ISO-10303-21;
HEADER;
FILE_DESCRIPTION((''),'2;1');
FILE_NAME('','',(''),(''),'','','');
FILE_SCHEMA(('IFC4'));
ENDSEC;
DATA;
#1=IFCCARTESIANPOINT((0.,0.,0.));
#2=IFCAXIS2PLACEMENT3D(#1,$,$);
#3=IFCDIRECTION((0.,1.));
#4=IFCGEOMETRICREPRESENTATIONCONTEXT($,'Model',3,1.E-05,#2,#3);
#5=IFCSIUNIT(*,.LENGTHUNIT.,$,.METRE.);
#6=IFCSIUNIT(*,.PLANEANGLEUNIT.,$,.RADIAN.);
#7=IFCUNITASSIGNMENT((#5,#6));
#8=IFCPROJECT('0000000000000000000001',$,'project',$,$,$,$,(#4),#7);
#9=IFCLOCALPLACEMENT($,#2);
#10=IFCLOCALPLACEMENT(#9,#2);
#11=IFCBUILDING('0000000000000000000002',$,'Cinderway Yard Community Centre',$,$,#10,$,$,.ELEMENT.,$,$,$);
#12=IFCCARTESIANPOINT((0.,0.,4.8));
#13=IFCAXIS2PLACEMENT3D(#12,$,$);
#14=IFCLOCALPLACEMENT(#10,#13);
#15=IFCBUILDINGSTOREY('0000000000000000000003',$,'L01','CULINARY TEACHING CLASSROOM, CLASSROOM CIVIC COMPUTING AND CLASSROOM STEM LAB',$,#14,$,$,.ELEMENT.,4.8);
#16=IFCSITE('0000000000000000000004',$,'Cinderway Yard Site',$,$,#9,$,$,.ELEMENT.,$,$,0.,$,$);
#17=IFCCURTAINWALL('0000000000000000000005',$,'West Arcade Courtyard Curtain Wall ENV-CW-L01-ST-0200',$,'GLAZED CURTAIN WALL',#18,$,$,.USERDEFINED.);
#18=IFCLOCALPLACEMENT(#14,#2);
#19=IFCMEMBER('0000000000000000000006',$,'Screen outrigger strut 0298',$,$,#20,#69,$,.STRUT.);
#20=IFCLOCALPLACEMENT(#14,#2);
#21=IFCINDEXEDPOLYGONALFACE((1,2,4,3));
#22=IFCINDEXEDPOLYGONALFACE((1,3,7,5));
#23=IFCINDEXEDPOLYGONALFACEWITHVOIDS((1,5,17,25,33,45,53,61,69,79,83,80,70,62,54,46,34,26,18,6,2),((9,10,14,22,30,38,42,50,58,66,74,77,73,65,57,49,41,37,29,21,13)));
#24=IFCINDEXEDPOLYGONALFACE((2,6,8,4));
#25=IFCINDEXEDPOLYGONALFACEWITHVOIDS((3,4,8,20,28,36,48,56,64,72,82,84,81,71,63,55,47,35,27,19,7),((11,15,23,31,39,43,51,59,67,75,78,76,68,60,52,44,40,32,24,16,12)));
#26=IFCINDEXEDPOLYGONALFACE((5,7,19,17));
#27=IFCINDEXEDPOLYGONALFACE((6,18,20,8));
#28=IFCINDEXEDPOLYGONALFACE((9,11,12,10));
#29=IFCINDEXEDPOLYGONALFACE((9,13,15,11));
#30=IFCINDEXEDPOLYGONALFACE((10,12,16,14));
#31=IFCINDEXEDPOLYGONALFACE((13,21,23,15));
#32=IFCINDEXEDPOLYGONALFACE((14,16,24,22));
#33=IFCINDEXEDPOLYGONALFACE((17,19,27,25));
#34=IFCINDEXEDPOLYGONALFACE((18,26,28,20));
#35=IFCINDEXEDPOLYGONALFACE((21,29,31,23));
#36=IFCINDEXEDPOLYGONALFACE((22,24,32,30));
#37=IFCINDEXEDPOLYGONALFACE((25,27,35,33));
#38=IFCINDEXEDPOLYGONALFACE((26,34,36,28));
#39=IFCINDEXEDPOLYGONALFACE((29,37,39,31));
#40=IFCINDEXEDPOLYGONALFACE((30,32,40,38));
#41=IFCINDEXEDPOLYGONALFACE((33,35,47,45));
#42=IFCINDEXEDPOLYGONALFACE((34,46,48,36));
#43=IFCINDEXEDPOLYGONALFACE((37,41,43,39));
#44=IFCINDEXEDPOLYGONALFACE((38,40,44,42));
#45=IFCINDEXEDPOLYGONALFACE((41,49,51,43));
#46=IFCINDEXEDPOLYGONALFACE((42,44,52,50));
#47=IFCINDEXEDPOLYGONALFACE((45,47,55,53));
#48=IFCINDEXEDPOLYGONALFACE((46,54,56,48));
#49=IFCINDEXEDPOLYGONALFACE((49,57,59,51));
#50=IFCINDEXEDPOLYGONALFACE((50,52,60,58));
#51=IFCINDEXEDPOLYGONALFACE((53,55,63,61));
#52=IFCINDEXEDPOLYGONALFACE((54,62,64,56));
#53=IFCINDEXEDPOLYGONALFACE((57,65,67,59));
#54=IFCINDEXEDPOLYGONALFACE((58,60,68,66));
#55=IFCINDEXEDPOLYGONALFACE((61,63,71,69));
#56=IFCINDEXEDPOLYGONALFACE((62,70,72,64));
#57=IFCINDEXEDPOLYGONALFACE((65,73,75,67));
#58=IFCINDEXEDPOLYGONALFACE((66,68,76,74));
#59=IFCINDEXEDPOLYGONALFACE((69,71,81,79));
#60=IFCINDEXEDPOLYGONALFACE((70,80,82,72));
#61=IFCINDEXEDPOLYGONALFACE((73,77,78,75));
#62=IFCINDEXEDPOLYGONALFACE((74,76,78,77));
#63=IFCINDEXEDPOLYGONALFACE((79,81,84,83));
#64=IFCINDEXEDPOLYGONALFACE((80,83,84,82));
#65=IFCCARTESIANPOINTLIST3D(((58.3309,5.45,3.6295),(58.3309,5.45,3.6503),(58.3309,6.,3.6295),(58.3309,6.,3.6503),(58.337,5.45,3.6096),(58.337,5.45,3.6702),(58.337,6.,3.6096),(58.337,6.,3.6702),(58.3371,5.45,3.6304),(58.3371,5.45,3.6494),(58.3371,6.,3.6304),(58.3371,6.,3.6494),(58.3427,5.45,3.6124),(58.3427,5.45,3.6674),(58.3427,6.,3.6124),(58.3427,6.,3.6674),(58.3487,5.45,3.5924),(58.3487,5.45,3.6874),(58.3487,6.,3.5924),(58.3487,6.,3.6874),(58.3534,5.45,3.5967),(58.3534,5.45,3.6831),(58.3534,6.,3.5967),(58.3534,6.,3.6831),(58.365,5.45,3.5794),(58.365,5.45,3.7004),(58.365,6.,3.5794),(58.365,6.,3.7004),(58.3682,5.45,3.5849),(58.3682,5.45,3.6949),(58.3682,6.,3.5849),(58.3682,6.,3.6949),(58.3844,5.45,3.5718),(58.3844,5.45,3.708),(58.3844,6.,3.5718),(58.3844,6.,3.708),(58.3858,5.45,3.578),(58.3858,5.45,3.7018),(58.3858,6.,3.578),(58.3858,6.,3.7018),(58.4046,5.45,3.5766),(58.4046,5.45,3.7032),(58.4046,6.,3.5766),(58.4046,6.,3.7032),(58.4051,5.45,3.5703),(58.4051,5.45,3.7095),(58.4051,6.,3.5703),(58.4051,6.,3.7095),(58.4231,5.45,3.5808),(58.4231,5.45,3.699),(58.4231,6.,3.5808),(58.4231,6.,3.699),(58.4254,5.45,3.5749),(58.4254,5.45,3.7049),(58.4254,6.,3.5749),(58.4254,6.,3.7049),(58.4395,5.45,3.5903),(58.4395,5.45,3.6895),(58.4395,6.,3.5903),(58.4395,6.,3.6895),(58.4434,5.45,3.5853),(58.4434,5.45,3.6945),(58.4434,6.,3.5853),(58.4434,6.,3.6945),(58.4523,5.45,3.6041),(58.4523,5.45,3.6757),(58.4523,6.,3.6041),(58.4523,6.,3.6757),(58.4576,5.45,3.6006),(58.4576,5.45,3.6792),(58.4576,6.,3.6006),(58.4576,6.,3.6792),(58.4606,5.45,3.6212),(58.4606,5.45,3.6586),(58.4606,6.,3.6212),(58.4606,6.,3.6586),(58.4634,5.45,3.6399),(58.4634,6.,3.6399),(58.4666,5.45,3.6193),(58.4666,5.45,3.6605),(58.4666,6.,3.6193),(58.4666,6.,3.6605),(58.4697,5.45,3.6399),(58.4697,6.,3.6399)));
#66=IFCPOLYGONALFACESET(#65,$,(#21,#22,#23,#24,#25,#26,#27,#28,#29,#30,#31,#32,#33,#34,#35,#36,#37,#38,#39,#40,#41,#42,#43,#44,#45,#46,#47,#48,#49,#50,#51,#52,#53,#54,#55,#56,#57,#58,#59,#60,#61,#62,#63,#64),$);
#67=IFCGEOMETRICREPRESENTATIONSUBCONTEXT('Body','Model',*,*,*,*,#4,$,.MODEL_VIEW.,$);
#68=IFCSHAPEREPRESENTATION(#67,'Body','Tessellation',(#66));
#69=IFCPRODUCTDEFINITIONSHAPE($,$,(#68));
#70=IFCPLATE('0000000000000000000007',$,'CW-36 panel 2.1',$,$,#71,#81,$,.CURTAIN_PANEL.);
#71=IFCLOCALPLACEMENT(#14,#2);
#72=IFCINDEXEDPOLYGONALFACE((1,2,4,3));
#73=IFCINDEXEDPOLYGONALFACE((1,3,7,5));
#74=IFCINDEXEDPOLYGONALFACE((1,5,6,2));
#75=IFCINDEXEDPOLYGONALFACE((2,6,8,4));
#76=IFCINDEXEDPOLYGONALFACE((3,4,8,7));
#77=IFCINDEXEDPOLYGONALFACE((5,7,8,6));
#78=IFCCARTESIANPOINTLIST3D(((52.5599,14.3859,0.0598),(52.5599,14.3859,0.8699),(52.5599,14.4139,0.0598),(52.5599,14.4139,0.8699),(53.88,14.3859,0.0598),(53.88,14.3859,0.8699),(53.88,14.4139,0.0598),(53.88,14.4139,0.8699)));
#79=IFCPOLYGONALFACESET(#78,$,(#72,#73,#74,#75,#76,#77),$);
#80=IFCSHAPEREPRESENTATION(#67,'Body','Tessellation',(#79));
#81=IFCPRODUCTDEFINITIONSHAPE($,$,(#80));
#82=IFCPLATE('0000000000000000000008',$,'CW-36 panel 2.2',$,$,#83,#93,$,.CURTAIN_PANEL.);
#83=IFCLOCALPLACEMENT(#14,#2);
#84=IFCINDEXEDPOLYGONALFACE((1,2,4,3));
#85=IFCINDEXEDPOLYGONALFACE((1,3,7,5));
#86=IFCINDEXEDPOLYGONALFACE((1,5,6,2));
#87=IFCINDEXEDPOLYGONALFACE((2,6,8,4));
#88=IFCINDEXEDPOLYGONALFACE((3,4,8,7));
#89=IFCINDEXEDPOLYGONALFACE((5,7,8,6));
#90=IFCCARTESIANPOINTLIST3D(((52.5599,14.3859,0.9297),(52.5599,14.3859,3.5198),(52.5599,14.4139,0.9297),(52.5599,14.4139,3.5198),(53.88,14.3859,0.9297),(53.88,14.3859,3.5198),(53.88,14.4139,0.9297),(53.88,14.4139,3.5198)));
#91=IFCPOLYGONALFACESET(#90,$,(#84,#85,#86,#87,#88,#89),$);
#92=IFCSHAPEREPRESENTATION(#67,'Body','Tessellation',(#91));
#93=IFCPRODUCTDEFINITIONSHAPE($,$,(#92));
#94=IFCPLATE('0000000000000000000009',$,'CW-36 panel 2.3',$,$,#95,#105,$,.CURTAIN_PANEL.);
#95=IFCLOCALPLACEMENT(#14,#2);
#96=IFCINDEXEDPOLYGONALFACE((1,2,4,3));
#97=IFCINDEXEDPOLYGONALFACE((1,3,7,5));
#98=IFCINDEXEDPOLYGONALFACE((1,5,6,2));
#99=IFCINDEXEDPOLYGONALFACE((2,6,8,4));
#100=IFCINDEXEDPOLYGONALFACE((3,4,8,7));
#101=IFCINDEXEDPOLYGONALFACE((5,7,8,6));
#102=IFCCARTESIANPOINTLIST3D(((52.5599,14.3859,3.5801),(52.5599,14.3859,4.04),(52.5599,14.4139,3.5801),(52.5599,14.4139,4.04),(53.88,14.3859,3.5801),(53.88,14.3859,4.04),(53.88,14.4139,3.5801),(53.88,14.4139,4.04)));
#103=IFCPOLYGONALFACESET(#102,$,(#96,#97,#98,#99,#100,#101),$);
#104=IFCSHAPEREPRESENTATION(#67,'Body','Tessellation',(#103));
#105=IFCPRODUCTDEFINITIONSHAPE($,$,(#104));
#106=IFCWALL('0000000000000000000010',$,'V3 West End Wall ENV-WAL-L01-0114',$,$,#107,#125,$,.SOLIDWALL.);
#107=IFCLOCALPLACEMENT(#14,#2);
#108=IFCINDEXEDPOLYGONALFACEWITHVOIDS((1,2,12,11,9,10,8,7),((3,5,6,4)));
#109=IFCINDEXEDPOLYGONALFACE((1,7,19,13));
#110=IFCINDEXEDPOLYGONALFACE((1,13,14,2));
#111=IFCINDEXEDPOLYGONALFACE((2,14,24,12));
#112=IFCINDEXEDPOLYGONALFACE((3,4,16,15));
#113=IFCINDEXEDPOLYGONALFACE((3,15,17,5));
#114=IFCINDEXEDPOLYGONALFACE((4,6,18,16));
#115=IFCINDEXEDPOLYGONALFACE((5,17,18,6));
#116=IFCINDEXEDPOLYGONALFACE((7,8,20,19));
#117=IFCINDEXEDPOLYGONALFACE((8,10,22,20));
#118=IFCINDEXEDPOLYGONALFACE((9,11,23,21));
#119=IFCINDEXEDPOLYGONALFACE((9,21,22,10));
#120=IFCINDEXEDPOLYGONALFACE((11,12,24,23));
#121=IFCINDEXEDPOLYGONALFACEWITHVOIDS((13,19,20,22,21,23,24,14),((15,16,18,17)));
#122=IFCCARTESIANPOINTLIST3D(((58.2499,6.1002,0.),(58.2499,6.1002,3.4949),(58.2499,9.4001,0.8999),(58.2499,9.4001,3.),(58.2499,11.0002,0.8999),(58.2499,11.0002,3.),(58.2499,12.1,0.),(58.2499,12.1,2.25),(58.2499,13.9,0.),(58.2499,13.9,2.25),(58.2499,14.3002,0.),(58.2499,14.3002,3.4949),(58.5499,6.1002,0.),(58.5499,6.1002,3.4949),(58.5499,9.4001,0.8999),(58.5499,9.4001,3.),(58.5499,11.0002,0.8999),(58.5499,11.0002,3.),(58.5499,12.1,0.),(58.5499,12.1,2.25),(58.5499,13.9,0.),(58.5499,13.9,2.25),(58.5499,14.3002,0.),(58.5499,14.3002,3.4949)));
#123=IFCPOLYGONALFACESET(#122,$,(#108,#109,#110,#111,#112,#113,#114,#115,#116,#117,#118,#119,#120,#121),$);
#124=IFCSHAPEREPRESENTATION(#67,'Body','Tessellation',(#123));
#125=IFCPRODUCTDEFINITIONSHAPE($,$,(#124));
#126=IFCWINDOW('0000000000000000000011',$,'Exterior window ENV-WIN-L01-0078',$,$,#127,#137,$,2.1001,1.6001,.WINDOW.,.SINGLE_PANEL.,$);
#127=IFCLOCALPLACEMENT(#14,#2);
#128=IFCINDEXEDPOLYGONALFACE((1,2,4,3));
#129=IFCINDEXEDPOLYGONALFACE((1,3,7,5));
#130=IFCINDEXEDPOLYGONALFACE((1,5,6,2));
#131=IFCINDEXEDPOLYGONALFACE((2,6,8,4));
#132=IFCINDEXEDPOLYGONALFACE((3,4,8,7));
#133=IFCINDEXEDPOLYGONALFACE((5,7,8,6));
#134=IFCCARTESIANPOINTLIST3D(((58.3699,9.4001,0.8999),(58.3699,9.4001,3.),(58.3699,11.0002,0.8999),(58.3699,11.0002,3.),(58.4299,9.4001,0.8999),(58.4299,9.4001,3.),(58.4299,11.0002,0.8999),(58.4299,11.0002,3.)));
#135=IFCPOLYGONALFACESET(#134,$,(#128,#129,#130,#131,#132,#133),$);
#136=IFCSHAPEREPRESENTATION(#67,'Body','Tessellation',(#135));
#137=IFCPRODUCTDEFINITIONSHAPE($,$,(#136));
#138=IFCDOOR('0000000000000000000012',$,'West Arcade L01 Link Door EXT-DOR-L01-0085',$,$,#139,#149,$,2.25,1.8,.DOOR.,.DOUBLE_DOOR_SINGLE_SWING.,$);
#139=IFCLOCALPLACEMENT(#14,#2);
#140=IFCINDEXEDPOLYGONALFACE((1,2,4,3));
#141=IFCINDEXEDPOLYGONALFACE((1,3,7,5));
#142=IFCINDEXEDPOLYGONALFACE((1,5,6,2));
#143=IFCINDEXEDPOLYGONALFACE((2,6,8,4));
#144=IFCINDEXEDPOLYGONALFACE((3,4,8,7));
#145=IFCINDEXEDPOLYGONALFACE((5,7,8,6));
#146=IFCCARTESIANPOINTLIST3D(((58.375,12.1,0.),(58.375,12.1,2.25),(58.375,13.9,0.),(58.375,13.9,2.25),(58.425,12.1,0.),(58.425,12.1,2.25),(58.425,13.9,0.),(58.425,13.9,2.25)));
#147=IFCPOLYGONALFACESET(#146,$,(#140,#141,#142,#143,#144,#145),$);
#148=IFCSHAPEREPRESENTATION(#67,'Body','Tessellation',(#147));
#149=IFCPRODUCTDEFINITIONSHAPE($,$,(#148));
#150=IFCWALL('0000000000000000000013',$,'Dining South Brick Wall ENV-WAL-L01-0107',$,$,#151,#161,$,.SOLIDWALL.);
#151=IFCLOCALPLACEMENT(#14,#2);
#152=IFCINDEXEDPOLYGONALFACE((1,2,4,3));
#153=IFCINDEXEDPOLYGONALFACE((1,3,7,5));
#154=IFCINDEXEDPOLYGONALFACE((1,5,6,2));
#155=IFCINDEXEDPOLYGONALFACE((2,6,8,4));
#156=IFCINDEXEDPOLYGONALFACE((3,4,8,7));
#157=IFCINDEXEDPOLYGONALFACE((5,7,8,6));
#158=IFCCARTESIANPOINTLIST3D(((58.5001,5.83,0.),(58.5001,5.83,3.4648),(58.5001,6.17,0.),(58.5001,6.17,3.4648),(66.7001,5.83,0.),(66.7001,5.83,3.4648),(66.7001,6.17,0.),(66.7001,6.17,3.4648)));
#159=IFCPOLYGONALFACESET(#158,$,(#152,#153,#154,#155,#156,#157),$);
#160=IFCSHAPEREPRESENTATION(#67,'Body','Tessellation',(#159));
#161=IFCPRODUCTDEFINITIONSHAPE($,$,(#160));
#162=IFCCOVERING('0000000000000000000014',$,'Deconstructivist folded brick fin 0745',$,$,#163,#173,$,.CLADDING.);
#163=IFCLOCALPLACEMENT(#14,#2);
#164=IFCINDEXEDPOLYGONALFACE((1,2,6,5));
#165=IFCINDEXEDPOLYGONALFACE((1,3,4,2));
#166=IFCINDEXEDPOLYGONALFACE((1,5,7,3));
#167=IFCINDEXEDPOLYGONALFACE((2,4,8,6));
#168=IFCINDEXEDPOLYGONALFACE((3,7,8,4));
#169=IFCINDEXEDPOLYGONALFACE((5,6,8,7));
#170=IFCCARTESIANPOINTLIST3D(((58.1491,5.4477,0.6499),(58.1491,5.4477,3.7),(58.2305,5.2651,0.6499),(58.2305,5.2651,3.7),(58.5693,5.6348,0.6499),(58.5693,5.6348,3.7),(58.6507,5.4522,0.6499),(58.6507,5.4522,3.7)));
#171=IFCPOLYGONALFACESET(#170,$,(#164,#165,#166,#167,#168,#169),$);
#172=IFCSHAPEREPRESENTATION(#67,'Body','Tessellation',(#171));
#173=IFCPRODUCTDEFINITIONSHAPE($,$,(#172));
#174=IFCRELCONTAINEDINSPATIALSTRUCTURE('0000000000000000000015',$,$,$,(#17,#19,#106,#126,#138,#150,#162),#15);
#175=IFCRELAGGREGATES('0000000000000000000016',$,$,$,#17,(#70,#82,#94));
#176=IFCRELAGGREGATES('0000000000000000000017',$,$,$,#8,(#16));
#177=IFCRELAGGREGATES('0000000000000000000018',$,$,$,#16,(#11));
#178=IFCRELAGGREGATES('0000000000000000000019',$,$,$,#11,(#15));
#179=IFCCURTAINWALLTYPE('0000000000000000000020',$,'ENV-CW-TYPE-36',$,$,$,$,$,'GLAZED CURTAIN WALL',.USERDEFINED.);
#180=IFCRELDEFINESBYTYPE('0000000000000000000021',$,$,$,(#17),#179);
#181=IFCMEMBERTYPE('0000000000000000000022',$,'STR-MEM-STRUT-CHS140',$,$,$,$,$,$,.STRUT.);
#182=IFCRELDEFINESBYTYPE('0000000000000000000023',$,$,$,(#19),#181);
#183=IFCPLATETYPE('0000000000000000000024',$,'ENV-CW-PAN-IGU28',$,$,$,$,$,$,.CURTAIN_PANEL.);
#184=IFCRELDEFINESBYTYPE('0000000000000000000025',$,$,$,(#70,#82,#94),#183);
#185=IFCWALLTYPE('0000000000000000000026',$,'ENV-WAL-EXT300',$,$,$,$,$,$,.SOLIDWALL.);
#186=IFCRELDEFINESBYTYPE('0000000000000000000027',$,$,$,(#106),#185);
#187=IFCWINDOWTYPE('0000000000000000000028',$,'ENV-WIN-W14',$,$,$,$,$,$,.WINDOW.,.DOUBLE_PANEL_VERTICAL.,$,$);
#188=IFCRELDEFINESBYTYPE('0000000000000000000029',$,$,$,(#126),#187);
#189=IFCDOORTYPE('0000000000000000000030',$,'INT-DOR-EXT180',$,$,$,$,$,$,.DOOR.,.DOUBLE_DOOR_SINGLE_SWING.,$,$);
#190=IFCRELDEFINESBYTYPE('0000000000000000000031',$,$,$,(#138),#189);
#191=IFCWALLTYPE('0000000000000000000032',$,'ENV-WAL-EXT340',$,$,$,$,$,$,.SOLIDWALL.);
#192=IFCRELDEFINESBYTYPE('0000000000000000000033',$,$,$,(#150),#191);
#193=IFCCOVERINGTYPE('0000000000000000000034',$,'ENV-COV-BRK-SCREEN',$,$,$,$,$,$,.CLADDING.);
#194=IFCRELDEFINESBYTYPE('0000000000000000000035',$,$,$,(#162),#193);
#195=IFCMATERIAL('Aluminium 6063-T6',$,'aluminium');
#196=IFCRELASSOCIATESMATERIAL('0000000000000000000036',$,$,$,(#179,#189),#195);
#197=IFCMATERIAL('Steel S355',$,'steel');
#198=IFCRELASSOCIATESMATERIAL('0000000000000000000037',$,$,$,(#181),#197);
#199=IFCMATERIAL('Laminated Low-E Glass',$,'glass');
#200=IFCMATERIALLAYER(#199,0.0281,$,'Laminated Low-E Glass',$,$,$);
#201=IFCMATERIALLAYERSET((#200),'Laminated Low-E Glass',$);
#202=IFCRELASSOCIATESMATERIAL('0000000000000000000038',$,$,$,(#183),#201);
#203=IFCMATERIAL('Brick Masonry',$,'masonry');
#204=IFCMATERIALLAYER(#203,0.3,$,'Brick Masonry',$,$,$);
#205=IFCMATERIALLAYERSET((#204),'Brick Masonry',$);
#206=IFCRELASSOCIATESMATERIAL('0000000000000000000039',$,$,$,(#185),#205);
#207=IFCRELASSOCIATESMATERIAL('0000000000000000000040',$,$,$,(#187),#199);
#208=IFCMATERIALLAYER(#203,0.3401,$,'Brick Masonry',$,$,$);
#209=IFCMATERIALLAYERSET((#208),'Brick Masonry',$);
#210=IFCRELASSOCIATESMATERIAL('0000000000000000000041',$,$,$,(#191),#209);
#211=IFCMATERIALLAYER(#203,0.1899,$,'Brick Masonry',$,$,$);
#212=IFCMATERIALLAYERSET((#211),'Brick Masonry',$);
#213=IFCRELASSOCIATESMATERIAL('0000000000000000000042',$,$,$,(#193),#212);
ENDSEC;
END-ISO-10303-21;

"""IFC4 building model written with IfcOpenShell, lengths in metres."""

from ifc_helpers import new_model, si_unit, direction, frame, frame_2d, origin, origin_2d, place, context, subcontext, project, spatial, rectangle, hollow_circle, extrude, material, layer, layer_set, material_profile, profile_set, type_object, element, fill, aggregate, save


model = new_model("IFC4")

# Units and contexts
model_context = context("Model", 3, precision=1e-05, world=origin(), true_north=direction((0.0, 1.0)))
body_context = subcontext(model_context, "Body", "Model", "MODEL_VIEW")
ifc_project = project(units=[si_unit("LENGTHUNIT", "METRE"), si_unit("PLANEANGLEUNIT", "RADIAN")], contexts=[model_context])

# Site, building, storey
site_placement = place(None, origin())
site = spatial("IfcSite", under=ifc_project, at=site_placement, Name="Cinderway Yard Site", CompositionType="ELEMENT", RefElevation=0.0)
building_placement = place(site_placement, origin())
building = spatial("IfcBuilding", under=site, at=building_placement, Name="Cinderway Yard Community Centre", CompositionType="ELEMENT")
storey_placement = place(building_placement, frame((0.0, 0.0, 4.8)))
storey = spatial("IfcBuildingStorey", under=building, at=storey_placement, Name="L01", Description="CULINARY TEACHING CLASSROOM, CLASSROOM CIVIC COMPUTING AND CLASSROOM STEM LAB", CompositionType="ELEMENT", Elevation=4.8)

# Curtain wall
ifc_material_1 = material(Name="Aluminium 6063-T6", Category="aluminium")
curtain_wall_type = type_object("IfcCurtainWallType", Name="ENV-CW-TYPE-36", ElementType="GLAZED CURTAIN WALL", PredefinedType="USERDEFINED", material=ifc_material_1)
curtain_wall_placement = place(storey_placement, origin())
curtain_wall = element("IfcCurtainWall", 1, at=curtain_wall_placement, inside=storey, type_object=curtain_wall_type, Name="West Arcade Courtyard Curtain Wall ENV-CW-L01-ST-0200", ObjectType="GLAZED CURTAIN WALL", PredefinedType="USERDEFINED")

# Shared definitions
ifc_material_2 = material(Name="Steel S355", Category="steel")

# Member
ifc_material_profile_1 = material_profile(ifc_material_2, hollow_circle(Radius=0.0698, WallThickness=0.0063, at=origin_2d()), Name="Steel S355")
ifc_profile_set_1 = profile_set([ifc_material_profile_1], Name="Steel S355")
member_type_1 = type_object("IfcMemberType", Name="STR-MEM-STRUT-CHS140", PredefinedType="STRUT", material=ifc_profile_set_1)
for number, where, z_axis, x_axis, name in (
    (2, (58.3999, 6.0, 3.6399), (0.0, -1.0, 0.0), (1.0, 0.0, 0.0), "Screen outrigger strut 0298"),
):
    element("IfcMember", number, at=place(storey_placement, frame(where, z_axis=z_axis, x_axis=x_axis)), inside=storey, type_object=member_type_1, Name=name, PredefinedType="STRUT", context=body_context, shape_type="SweptSolid", body=[
        extrude(hollow_circle(Radius=0.0698, WallThickness=0.0063, at=origin_2d()), origin(), (0.0, 0.0, 1.0), 0.55),
    ])

# Plates
ifc_material_3 = material(Name="Laminated Low-E Glass", Category="glass")
ifc_layer_1 = layer(ifc_material_3, 0.0281, Name="Laminated Low-E Glass")
ifc_layer_set_1 = layer_set([ifc_layer_1], Name="Laminated Low-E Glass")
plate_type = type_object("IfcPlateType", Name="ENV-CW-PAN-IGU28", PredefinedType="CURTAIN_PANEL", material=ifc_layer_set_1)
plate_1_placement = place(storey_placement, frame((53.22, 14.3999, 0.0598), z_axis=(0.0, 0.0, 1.0), x_axis=(1.0, 0.0, 0.0)))
plate_1 = element("IfcPlate", 3, at=plate_1_placement, type_object=plate_type, Name="CW-36 panel 2.1", PredefinedType="CURTAIN_PANEL", context=body_context, shape_type="SweptSolid", body=[
    extrude(rectangle(XDim=1.3201, YDim=0.0281, at=origin_2d()), origin(), (0.0, 0.0, 1.0), 0.8101),
])
plate_2_placement = place(storey_placement, frame((53.22, 14.3999, 0.9297), z_axis=(0.0, 0.0, 1.0), x_axis=(1.0, 0.0, 0.0)))
plate_2 = element("IfcPlate", 4, at=plate_2_placement, type_object=plate_type, Name="CW-36 panel 2.2", PredefinedType="CURTAIN_PANEL", context=body_context, shape_type="SweptSolid", body=[
    extrude(rectangle(XDim=1.3201, YDim=0.0281, at=origin_2d()), origin(), (0.0, 0.0, 1.0), 2.5901),
])
plate_3_placement = place(storey_placement, frame((53.22, 14.3999, 3.5801), z_axis=(0.0, 0.0, 1.0), x_axis=(1.0, 0.0, 0.0)))
plate_3 = element("IfcPlate", 5, at=plate_3_placement, type_object=plate_type, Name="CW-36 panel 2.3", PredefinedType="CURTAIN_PANEL", context=body_context, shape_type="SweptSolid", body=[
    extrude(rectangle(XDim=1.3201, YDim=0.0281, at=origin_2d()), origin(), (0.0, 0.0, 1.0), 0.46),
])
aggregate(curtain_wall, [plate_1, plate_2, plate_3])

# Wall, openings, window, door
ifc_material_4 = material(Name="Brick Masonry", Category="masonry")
ifc_layer_2 = layer(ifc_material_4, 0.3, Name="Brick Masonry")
ifc_layer_set_2 = layer_set([ifc_layer_2], Name="Brick Masonry")
wall_type_1 = type_object("IfcWallType", Name="ENV-WAL-EXT300", PredefinedType="SOLIDWALL", material=ifc_layer_set_2)
wall_1_placement = place(storey_placement, frame((58.3999, 6.1001, 0.0), z_axis=(0.0, 0.0, 1.0), x_axis=(0.0, 1.0, 0.0)))
wall_1 = element("IfcWall", 6, at=wall_1_placement, inside=storey, type_object=wall_type_1, Name="V3 West End Wall ENV-WAL-L01-0114", PredefinedType="SOLIDWALL", context=body_context, shape_type="SweptSolid", body=[
    extrude(rectangle(XDim=8.2, YDim=0.3, at=frame_2d((4.1001, 0.0))), origin(), (0.0, 0.0, 1.0), 3.4949),
])
opening_1_placement = place(wall_1_placement, frame((3.3, 0.0, 0.8999)))
opening_1 = element("IfcOpeningElement", 7, at=opening_1_placement, cuts=wall_1, PredefinedType="OPENING", context=body_context, shape_type="SweptSolid", body=[
    extrude(rectangle(XDim=1.6001, YDim=2.1001, at=frame_2d((0.8, 1.05))), frame((0.0, 0.1599, 0.0), z_axis=(0.0, -1.0, 0.0), x_axis=(1.0, 0.0, 0.0)), (0.0, 0.0, 1.0), 0.3201),
])
opening_2_placement = place(wall_1_placement, frame((6.0, 0.0, 0.0)))
opening_2 = element("IfcOpeningElement", 8, at=opening_2_placement, cuts=wall_1, PredefinedType="OPENING", context=body_context, shape_type="SweptSolid", body=[
    extrude(rectangle(XDim=1.8, YDim=2.25, at=frame_2d((0.8999, 1.125))), frame((0.0, 0.1599, 0.0), z_axis=(0.0, -1.0, 0.0), x_axis=(1.0, 0.0, 0.0)), (0.0, 0.0, 1.0), 0.3201),
])
window_type = type_object("IfcWindowType", Name="ENV-WIN-W14", PartitioningType="DOUBLE_PANEL_VERTICAL", PredefinedType="WINDOW", material=ifc_material_3)
window_placement = place(opening_1_placement, origin())
window = element("IfcWindow", 9, at=window_placement, inside=storey, type_object=window_type, Name="Exterior window ENV-WIN-L01-0078", OverallHeight=2.1001, OverallWidth=1.6001, PartitioningType="SINGLE_PANEL", PredefinedType="WINDOW", context=body_context, shape_type="SweptSolid", body=[
    extrude(rectangle(XDim=1.6001, YDim=2.1001, at=frame_2d((0.8, 1.05))), frame((0.0, 0.03, 0.0), z_axis=(0.0, -1.0, 0.0), x_axis=(1.0, 0.0, 0.0)), (0.0, 0.0, 1.0), 0.0601),
])
fill(opening_1, window)
door_type = type_object("IfcDoorType", Name="INT-DOR-EXT180", OperationType="DOUBLE_DOOR_SINGLE_SWING", PredefinedType="DOOR", material=ifc_material_1)
door_placement = place(opening_2_placement, origin())
door = element("IfcDoor", 10, at=door_placement, inside=storey, type_object=door_type, Name="West Arcade L01 Link Door EXT-DOR-L01-0085", OperationType="DOUBLE_DOOR_SINGLE_SWING", OverallHeight=2.25, OverallWidth=1.8, PredefinedType="DOOR", context=body_context, shape_type="SweptSolid", body=[
    extrude(rectangle(XDim=1.8, YDim=2.25, at=frame_2d((0.8999, 1.125))), frame((0.0, 0.0249, 0.0), z_axis=(0.0, -1.0, 0.0), x_axis=(1.0, 0.0, 0.0)), (0.0, 0.0, 1.0), 0.05),
])
fill(opening_2, door)

# Wall
ifc_layer_3 = layer(ifc_material_4, 0.3401, Name="Brick Masonry")
ifc_layer_set_3 = layer_set([ifc_layer_3], Name="Brick Masonry")
wall_type_2 = type_object("IfcWallType", Name="ENV-WAL-EXT340", PredefinedType="SOLIDWALL", material=ifc_layer_set_3)
wall_2_placement = place(storey_placement, frame((58.5, 6.0, 0.0), z_axis=(0.0, 0.0, 1.0), x_axis=(1.0, 0.0, 0.0)))
element("IfcWall", 11, at=wall_2_placement, inside=storey, type_object=wall_type_2, Name="Dining South Brick Wall ENV-WAL-L01-0107", PredefinedType="SOLIDWALL", context=body_context, shape_type="SweptSolid", body=[
    extrude(rectangle(XDim=8.2, YDim=0.3401, at=frame_2d((4.1001, 0.0))), origin(), (0.0, 0.0, 1.0), 3.4648),
])

# Covering
ifc_layer_4 = layer(ifc_material_4, 0.1899, Name="Brick Masonry")
ifc_layer_set_4 = layer_set([ifc_layer_4], Name="Brick Masonry")
covering_type = type_object("IfcCoveringType", Name="ENV-COV-BRK-SCREEN", PredefinedType="CLADDING", material=ifc_layer_set_4)
covering_placement = place(storey_placement, frame((58.3999, 5.45, 0.6499), z_axis=(0.0, 0.0, 1.0), x_axis=(-0.913545, -0.406737, 0.0)))
element("IfcCovering", 12, at=covering_placement, inside=storey, type_object=covering_type, Name="Deconstructivist folded brick fin 0745", PredefinedType="CLADDING", context=body_context, shape_type="SweptSolid", body=[
    extrude(rectangle(XDim=0.46, YDim=0.2, at=origin_2d()), origin(), (0.0, 0.0, 1.0), 3.05),
])

save(model, "model.ifc")
